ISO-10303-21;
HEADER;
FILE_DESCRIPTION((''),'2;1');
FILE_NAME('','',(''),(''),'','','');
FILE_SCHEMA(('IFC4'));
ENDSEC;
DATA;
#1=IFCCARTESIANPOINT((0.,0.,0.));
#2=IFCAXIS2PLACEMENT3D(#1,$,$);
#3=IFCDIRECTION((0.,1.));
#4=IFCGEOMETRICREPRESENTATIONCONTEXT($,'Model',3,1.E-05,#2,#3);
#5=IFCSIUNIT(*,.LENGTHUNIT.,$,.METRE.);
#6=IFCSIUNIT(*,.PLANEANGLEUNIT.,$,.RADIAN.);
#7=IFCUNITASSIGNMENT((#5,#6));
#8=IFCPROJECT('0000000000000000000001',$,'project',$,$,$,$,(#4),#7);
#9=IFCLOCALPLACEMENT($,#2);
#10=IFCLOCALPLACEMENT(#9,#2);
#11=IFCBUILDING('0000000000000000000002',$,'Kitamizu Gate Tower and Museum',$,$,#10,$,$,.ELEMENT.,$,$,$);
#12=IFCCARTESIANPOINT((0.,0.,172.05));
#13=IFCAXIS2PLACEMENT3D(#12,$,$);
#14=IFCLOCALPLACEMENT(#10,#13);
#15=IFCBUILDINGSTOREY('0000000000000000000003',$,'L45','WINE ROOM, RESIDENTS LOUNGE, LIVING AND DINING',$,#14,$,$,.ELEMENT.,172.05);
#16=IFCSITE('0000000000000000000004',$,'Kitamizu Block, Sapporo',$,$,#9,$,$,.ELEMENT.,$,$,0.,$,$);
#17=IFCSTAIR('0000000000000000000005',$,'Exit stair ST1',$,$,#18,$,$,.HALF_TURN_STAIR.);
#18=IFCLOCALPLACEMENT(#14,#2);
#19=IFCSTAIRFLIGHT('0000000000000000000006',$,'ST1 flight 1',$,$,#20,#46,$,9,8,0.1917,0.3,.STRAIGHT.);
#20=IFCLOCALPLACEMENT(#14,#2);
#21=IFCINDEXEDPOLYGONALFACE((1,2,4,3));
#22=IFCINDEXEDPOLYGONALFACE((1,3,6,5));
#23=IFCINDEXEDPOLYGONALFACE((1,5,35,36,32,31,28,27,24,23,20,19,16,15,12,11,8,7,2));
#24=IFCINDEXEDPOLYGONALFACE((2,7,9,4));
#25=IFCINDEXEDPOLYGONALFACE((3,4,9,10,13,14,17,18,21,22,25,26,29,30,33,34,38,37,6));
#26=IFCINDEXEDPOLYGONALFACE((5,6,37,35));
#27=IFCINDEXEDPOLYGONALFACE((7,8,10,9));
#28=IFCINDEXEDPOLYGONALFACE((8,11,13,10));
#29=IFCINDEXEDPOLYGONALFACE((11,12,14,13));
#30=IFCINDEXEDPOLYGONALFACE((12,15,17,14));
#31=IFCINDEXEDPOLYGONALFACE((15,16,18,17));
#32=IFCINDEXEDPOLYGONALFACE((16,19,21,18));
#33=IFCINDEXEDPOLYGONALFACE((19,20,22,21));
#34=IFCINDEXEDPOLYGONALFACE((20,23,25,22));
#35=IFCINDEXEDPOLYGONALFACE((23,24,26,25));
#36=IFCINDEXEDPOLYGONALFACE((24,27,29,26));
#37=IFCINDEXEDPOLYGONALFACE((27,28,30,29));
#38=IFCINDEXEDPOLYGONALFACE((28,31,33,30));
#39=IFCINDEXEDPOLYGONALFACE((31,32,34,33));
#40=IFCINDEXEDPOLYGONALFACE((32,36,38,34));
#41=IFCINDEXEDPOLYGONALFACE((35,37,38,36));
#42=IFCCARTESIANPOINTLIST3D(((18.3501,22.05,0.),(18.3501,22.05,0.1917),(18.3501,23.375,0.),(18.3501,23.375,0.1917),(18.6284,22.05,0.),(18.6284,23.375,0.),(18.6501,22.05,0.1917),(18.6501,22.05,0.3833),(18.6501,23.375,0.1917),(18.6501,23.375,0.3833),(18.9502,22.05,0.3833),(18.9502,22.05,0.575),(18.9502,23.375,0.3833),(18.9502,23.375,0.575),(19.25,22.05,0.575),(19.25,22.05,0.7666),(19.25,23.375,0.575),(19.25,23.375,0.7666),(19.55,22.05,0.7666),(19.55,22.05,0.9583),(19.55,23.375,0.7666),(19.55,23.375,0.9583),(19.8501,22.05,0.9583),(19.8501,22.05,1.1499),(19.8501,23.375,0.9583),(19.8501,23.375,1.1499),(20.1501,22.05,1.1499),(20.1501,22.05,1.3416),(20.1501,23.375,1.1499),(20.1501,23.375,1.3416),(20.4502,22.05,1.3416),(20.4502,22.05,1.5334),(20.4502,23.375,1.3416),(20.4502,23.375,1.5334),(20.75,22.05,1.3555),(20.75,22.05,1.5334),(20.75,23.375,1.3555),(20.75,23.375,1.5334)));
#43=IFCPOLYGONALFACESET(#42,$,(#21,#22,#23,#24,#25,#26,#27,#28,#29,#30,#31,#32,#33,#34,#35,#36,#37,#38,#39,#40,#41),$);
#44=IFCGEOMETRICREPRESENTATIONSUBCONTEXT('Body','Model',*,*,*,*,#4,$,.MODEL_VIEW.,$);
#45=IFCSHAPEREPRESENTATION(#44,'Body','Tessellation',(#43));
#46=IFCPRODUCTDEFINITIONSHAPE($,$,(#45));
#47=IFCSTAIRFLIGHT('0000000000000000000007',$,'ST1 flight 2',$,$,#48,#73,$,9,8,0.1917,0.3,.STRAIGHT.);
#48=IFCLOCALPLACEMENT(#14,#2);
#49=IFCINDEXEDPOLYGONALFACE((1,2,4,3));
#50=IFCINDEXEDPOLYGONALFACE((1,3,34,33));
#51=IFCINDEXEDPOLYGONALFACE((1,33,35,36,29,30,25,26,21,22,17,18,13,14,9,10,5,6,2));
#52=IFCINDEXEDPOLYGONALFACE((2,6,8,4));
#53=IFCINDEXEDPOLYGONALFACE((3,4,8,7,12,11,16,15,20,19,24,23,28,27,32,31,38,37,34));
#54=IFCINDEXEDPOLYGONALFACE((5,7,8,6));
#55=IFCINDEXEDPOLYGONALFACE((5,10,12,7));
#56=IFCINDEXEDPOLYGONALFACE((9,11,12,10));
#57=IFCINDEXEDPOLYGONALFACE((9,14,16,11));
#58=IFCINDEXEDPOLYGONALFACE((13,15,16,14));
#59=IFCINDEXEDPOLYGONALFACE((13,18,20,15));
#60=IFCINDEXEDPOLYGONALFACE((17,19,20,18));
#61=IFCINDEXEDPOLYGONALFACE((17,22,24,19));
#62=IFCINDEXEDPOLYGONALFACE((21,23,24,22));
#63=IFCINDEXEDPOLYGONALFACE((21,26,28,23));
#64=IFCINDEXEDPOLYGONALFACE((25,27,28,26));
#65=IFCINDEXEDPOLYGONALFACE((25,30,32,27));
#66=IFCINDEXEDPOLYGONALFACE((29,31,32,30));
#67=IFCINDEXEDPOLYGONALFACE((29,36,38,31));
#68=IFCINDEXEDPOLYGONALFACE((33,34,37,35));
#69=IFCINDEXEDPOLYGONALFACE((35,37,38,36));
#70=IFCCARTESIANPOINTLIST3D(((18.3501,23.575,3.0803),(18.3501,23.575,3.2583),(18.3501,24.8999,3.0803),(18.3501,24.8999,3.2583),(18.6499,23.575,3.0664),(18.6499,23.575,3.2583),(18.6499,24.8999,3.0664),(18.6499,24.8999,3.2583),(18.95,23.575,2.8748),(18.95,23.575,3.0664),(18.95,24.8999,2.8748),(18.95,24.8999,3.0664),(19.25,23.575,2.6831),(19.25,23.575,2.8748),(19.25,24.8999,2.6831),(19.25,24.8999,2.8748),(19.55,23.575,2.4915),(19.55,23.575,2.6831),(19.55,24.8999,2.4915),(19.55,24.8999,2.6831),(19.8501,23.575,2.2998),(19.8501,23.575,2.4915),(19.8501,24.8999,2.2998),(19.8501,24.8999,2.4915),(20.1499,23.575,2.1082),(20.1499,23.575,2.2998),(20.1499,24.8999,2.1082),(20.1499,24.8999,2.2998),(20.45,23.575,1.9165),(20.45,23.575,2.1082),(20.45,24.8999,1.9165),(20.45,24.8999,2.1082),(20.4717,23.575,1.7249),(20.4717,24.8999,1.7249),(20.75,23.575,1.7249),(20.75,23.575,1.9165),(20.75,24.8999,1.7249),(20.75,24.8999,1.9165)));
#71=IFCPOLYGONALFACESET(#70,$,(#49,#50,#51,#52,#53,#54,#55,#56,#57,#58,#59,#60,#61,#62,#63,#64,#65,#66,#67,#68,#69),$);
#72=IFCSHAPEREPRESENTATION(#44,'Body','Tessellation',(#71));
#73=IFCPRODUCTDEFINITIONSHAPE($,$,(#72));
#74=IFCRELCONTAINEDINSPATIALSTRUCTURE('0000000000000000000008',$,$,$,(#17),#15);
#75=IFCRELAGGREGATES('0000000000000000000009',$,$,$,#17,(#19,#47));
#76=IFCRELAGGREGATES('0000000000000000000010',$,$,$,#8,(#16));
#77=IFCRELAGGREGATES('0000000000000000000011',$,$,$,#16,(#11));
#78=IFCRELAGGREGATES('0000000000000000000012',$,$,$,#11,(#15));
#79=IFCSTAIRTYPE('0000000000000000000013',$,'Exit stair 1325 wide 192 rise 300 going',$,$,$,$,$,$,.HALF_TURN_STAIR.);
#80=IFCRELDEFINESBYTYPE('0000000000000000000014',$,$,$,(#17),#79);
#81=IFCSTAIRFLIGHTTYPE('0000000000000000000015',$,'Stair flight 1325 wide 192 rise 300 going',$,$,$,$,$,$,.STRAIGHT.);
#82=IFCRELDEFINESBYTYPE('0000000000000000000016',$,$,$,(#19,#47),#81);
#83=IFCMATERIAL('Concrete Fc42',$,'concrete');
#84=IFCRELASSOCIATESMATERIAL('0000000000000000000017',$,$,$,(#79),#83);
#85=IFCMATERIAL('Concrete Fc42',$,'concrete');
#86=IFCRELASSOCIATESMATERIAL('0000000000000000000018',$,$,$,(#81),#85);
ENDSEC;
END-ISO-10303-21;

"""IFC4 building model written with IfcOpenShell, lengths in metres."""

from ifc_helpers import new_model, si_unit, direction, frame, origin, place, context, subcontext, project, spatial, polyline, outline, extrude, material, type_object, element, aggregate, save


model = new_model("IFC4")

# Units and contexts
model_context = context("Model", 3, precision=1e-05, world=origin(), true_north=direction((0.0, 1.0)))
body_context = subcontext(model_context, "Body", "Model", "MODEL_VIEW")
ifc_project = project(units=[si_unit("LENGTHUNIT", "METRE"), si_unit("PLANEANGLEUNIT", "RADIAN")], contexts=[model_context])

# Site, building, storey
site_placement = place(None, origin())
site = spatial("IfcSite", under=ifc_project, at=site_placement, Name="Kitamizu Block, Sapporo", CompositionType="ELEMENT", RefElevation=0.0)
building_placement = place(site_placement, origin())
building = spatial("IfcBuilding", under=site, at=building_placement, Name="Kitamizu Gate Tower and Museum", CompositionType="ELEMENT")
storey_placement = place(building_placement, frame((0.0, 0.0, 172.05)))
storey = spatial("IfcBuildingStorey", under=building, at=storey_placement, Name="L45", Description="WINE ROOM, RESIDENTS LOUNGE, LIVING AND DINING", CompositionType="ELEMENT", Elevation=172.05)

# Stair, stair flights
ifc_material_1 = material(Name="Concrete Fc42", Category="concrete")
stair_type = type_object("IfcStairType", Name="Exit stair 1325 wide 192 rise 300 going", PredefinedType="HALF_TURN_STAIR", material=ifc_material_1)
stair_placement = place(storey_placement, origin())
stair = element("IfcStair", 1, at=stair_placement, inside=storey, type_object=stair_type, Name="Exit stair ST1", PredefinedType="HALF_TURN_STAIR")
ifc_material_2 = material(Name="Concrete Fc42", Category="concrete")
stair_flight_type = type_object("IfcStairFlightType", Name="Stair flight 1325 wide 192 rise 300 going", PredefinedType="STRAIGHT", material=ifc_material_2)
stair_flight_1_placement = place(storey_placement, frame((18.3501, 22.7124, 0.0), z_axis=(0.0, 0.0, 1.0), x_axis=(1.0, 0.0, 0.0)))
stair_flight_1 = element("IfcStairFlight", 2, at=stair_flight_1_placement, type_object=stair_flight_type, Name="ST1 flight 1", NumberOfRisers=9, NumberOfTreads=8, PredefinedType="STRAIGHT", RiserHeight=0.1917, TreadLength=0.3, context=body_context, shape_type="SweptSolid", body=[
    extrude(outline(polyline([(0.0, 0.0), (0.0, 0.1917), (0.3, 0.1917), (0.3, 0.3833), (0.6001, 0.3833), (0.6001, 0.575), (0.8999, 0.575), (0.8999, 0.7666), (1.2, 0.7666), (1.2, 0.9583), (1.5, 0.9583), (1.5, 1.1499), (1.8, 1.1499), (1.8, 1.3416), (2.1001, 1.3416), (2.1001, 1.5334), (2.3999, 1.5334), (2.3999, 1.7251), (2.3999, 1.3555), (0.2783, 0.0), (0.0, 0.0)])), frame((0.0, 0.6626, 0.0), z_axis=(0.0, -1.0, 0.0), x_axis=(1.0, 0.0, 0.0)), (0.0, 0.0, 1.0), 1.325),
])
stair_flight_2_placement = place(storey_placement, frame((20.75, 24.2375, 1.7249), z_axis=(0.0, 0.0, 1.0), x_axis=(-1.0, 0.0, 0.0)))
stair_flight_2 = element("IfcStairFlight", 3, at=stair_flight_2_placement, type_object=stair_flight_type, Name="ST1 flight 2", NumberOfRisers=9, NumberOfTreads=8, PredefinedType="STRAIGHT", RiserHeight=0.1917, TreadLength=0.3, context=body_context, shape_type="SweptSolid", body=[
    extrude(outline(polyline([(0.0, 0.0), (0.0, 0.1917), (0.3, 0.1917), (0.3, 0.3833), (0.6001, 0.3833), (0.6001, 0.575), (0.8999, 0.575), (0.8999, 0.7666), (1.2, 0.7666), (1.2, 0.9583), (1.5, 0.9583), (1.5, 1.1499), (1.8, 1.1499), (1.8, 1.3416), (2.1001, 1.3416), (2.1001, 1.5334), (2.3999, 1.5334), (2.3999, 1.7251), (2.3999, 1.3555), (0.2783, 0.0), (0.0, 0.0)])), frame((0.0, 0.6626, 0.0), z_axis=(0.0, -1.0, 0.0), x_axis=(1.0, 0.0, 0.0)), (0.0, 0.0, 1.0), 1.325),
])
aggregate(stair, [stair_flight_1, stair_flight_2])

save(model, "model.ifc")
